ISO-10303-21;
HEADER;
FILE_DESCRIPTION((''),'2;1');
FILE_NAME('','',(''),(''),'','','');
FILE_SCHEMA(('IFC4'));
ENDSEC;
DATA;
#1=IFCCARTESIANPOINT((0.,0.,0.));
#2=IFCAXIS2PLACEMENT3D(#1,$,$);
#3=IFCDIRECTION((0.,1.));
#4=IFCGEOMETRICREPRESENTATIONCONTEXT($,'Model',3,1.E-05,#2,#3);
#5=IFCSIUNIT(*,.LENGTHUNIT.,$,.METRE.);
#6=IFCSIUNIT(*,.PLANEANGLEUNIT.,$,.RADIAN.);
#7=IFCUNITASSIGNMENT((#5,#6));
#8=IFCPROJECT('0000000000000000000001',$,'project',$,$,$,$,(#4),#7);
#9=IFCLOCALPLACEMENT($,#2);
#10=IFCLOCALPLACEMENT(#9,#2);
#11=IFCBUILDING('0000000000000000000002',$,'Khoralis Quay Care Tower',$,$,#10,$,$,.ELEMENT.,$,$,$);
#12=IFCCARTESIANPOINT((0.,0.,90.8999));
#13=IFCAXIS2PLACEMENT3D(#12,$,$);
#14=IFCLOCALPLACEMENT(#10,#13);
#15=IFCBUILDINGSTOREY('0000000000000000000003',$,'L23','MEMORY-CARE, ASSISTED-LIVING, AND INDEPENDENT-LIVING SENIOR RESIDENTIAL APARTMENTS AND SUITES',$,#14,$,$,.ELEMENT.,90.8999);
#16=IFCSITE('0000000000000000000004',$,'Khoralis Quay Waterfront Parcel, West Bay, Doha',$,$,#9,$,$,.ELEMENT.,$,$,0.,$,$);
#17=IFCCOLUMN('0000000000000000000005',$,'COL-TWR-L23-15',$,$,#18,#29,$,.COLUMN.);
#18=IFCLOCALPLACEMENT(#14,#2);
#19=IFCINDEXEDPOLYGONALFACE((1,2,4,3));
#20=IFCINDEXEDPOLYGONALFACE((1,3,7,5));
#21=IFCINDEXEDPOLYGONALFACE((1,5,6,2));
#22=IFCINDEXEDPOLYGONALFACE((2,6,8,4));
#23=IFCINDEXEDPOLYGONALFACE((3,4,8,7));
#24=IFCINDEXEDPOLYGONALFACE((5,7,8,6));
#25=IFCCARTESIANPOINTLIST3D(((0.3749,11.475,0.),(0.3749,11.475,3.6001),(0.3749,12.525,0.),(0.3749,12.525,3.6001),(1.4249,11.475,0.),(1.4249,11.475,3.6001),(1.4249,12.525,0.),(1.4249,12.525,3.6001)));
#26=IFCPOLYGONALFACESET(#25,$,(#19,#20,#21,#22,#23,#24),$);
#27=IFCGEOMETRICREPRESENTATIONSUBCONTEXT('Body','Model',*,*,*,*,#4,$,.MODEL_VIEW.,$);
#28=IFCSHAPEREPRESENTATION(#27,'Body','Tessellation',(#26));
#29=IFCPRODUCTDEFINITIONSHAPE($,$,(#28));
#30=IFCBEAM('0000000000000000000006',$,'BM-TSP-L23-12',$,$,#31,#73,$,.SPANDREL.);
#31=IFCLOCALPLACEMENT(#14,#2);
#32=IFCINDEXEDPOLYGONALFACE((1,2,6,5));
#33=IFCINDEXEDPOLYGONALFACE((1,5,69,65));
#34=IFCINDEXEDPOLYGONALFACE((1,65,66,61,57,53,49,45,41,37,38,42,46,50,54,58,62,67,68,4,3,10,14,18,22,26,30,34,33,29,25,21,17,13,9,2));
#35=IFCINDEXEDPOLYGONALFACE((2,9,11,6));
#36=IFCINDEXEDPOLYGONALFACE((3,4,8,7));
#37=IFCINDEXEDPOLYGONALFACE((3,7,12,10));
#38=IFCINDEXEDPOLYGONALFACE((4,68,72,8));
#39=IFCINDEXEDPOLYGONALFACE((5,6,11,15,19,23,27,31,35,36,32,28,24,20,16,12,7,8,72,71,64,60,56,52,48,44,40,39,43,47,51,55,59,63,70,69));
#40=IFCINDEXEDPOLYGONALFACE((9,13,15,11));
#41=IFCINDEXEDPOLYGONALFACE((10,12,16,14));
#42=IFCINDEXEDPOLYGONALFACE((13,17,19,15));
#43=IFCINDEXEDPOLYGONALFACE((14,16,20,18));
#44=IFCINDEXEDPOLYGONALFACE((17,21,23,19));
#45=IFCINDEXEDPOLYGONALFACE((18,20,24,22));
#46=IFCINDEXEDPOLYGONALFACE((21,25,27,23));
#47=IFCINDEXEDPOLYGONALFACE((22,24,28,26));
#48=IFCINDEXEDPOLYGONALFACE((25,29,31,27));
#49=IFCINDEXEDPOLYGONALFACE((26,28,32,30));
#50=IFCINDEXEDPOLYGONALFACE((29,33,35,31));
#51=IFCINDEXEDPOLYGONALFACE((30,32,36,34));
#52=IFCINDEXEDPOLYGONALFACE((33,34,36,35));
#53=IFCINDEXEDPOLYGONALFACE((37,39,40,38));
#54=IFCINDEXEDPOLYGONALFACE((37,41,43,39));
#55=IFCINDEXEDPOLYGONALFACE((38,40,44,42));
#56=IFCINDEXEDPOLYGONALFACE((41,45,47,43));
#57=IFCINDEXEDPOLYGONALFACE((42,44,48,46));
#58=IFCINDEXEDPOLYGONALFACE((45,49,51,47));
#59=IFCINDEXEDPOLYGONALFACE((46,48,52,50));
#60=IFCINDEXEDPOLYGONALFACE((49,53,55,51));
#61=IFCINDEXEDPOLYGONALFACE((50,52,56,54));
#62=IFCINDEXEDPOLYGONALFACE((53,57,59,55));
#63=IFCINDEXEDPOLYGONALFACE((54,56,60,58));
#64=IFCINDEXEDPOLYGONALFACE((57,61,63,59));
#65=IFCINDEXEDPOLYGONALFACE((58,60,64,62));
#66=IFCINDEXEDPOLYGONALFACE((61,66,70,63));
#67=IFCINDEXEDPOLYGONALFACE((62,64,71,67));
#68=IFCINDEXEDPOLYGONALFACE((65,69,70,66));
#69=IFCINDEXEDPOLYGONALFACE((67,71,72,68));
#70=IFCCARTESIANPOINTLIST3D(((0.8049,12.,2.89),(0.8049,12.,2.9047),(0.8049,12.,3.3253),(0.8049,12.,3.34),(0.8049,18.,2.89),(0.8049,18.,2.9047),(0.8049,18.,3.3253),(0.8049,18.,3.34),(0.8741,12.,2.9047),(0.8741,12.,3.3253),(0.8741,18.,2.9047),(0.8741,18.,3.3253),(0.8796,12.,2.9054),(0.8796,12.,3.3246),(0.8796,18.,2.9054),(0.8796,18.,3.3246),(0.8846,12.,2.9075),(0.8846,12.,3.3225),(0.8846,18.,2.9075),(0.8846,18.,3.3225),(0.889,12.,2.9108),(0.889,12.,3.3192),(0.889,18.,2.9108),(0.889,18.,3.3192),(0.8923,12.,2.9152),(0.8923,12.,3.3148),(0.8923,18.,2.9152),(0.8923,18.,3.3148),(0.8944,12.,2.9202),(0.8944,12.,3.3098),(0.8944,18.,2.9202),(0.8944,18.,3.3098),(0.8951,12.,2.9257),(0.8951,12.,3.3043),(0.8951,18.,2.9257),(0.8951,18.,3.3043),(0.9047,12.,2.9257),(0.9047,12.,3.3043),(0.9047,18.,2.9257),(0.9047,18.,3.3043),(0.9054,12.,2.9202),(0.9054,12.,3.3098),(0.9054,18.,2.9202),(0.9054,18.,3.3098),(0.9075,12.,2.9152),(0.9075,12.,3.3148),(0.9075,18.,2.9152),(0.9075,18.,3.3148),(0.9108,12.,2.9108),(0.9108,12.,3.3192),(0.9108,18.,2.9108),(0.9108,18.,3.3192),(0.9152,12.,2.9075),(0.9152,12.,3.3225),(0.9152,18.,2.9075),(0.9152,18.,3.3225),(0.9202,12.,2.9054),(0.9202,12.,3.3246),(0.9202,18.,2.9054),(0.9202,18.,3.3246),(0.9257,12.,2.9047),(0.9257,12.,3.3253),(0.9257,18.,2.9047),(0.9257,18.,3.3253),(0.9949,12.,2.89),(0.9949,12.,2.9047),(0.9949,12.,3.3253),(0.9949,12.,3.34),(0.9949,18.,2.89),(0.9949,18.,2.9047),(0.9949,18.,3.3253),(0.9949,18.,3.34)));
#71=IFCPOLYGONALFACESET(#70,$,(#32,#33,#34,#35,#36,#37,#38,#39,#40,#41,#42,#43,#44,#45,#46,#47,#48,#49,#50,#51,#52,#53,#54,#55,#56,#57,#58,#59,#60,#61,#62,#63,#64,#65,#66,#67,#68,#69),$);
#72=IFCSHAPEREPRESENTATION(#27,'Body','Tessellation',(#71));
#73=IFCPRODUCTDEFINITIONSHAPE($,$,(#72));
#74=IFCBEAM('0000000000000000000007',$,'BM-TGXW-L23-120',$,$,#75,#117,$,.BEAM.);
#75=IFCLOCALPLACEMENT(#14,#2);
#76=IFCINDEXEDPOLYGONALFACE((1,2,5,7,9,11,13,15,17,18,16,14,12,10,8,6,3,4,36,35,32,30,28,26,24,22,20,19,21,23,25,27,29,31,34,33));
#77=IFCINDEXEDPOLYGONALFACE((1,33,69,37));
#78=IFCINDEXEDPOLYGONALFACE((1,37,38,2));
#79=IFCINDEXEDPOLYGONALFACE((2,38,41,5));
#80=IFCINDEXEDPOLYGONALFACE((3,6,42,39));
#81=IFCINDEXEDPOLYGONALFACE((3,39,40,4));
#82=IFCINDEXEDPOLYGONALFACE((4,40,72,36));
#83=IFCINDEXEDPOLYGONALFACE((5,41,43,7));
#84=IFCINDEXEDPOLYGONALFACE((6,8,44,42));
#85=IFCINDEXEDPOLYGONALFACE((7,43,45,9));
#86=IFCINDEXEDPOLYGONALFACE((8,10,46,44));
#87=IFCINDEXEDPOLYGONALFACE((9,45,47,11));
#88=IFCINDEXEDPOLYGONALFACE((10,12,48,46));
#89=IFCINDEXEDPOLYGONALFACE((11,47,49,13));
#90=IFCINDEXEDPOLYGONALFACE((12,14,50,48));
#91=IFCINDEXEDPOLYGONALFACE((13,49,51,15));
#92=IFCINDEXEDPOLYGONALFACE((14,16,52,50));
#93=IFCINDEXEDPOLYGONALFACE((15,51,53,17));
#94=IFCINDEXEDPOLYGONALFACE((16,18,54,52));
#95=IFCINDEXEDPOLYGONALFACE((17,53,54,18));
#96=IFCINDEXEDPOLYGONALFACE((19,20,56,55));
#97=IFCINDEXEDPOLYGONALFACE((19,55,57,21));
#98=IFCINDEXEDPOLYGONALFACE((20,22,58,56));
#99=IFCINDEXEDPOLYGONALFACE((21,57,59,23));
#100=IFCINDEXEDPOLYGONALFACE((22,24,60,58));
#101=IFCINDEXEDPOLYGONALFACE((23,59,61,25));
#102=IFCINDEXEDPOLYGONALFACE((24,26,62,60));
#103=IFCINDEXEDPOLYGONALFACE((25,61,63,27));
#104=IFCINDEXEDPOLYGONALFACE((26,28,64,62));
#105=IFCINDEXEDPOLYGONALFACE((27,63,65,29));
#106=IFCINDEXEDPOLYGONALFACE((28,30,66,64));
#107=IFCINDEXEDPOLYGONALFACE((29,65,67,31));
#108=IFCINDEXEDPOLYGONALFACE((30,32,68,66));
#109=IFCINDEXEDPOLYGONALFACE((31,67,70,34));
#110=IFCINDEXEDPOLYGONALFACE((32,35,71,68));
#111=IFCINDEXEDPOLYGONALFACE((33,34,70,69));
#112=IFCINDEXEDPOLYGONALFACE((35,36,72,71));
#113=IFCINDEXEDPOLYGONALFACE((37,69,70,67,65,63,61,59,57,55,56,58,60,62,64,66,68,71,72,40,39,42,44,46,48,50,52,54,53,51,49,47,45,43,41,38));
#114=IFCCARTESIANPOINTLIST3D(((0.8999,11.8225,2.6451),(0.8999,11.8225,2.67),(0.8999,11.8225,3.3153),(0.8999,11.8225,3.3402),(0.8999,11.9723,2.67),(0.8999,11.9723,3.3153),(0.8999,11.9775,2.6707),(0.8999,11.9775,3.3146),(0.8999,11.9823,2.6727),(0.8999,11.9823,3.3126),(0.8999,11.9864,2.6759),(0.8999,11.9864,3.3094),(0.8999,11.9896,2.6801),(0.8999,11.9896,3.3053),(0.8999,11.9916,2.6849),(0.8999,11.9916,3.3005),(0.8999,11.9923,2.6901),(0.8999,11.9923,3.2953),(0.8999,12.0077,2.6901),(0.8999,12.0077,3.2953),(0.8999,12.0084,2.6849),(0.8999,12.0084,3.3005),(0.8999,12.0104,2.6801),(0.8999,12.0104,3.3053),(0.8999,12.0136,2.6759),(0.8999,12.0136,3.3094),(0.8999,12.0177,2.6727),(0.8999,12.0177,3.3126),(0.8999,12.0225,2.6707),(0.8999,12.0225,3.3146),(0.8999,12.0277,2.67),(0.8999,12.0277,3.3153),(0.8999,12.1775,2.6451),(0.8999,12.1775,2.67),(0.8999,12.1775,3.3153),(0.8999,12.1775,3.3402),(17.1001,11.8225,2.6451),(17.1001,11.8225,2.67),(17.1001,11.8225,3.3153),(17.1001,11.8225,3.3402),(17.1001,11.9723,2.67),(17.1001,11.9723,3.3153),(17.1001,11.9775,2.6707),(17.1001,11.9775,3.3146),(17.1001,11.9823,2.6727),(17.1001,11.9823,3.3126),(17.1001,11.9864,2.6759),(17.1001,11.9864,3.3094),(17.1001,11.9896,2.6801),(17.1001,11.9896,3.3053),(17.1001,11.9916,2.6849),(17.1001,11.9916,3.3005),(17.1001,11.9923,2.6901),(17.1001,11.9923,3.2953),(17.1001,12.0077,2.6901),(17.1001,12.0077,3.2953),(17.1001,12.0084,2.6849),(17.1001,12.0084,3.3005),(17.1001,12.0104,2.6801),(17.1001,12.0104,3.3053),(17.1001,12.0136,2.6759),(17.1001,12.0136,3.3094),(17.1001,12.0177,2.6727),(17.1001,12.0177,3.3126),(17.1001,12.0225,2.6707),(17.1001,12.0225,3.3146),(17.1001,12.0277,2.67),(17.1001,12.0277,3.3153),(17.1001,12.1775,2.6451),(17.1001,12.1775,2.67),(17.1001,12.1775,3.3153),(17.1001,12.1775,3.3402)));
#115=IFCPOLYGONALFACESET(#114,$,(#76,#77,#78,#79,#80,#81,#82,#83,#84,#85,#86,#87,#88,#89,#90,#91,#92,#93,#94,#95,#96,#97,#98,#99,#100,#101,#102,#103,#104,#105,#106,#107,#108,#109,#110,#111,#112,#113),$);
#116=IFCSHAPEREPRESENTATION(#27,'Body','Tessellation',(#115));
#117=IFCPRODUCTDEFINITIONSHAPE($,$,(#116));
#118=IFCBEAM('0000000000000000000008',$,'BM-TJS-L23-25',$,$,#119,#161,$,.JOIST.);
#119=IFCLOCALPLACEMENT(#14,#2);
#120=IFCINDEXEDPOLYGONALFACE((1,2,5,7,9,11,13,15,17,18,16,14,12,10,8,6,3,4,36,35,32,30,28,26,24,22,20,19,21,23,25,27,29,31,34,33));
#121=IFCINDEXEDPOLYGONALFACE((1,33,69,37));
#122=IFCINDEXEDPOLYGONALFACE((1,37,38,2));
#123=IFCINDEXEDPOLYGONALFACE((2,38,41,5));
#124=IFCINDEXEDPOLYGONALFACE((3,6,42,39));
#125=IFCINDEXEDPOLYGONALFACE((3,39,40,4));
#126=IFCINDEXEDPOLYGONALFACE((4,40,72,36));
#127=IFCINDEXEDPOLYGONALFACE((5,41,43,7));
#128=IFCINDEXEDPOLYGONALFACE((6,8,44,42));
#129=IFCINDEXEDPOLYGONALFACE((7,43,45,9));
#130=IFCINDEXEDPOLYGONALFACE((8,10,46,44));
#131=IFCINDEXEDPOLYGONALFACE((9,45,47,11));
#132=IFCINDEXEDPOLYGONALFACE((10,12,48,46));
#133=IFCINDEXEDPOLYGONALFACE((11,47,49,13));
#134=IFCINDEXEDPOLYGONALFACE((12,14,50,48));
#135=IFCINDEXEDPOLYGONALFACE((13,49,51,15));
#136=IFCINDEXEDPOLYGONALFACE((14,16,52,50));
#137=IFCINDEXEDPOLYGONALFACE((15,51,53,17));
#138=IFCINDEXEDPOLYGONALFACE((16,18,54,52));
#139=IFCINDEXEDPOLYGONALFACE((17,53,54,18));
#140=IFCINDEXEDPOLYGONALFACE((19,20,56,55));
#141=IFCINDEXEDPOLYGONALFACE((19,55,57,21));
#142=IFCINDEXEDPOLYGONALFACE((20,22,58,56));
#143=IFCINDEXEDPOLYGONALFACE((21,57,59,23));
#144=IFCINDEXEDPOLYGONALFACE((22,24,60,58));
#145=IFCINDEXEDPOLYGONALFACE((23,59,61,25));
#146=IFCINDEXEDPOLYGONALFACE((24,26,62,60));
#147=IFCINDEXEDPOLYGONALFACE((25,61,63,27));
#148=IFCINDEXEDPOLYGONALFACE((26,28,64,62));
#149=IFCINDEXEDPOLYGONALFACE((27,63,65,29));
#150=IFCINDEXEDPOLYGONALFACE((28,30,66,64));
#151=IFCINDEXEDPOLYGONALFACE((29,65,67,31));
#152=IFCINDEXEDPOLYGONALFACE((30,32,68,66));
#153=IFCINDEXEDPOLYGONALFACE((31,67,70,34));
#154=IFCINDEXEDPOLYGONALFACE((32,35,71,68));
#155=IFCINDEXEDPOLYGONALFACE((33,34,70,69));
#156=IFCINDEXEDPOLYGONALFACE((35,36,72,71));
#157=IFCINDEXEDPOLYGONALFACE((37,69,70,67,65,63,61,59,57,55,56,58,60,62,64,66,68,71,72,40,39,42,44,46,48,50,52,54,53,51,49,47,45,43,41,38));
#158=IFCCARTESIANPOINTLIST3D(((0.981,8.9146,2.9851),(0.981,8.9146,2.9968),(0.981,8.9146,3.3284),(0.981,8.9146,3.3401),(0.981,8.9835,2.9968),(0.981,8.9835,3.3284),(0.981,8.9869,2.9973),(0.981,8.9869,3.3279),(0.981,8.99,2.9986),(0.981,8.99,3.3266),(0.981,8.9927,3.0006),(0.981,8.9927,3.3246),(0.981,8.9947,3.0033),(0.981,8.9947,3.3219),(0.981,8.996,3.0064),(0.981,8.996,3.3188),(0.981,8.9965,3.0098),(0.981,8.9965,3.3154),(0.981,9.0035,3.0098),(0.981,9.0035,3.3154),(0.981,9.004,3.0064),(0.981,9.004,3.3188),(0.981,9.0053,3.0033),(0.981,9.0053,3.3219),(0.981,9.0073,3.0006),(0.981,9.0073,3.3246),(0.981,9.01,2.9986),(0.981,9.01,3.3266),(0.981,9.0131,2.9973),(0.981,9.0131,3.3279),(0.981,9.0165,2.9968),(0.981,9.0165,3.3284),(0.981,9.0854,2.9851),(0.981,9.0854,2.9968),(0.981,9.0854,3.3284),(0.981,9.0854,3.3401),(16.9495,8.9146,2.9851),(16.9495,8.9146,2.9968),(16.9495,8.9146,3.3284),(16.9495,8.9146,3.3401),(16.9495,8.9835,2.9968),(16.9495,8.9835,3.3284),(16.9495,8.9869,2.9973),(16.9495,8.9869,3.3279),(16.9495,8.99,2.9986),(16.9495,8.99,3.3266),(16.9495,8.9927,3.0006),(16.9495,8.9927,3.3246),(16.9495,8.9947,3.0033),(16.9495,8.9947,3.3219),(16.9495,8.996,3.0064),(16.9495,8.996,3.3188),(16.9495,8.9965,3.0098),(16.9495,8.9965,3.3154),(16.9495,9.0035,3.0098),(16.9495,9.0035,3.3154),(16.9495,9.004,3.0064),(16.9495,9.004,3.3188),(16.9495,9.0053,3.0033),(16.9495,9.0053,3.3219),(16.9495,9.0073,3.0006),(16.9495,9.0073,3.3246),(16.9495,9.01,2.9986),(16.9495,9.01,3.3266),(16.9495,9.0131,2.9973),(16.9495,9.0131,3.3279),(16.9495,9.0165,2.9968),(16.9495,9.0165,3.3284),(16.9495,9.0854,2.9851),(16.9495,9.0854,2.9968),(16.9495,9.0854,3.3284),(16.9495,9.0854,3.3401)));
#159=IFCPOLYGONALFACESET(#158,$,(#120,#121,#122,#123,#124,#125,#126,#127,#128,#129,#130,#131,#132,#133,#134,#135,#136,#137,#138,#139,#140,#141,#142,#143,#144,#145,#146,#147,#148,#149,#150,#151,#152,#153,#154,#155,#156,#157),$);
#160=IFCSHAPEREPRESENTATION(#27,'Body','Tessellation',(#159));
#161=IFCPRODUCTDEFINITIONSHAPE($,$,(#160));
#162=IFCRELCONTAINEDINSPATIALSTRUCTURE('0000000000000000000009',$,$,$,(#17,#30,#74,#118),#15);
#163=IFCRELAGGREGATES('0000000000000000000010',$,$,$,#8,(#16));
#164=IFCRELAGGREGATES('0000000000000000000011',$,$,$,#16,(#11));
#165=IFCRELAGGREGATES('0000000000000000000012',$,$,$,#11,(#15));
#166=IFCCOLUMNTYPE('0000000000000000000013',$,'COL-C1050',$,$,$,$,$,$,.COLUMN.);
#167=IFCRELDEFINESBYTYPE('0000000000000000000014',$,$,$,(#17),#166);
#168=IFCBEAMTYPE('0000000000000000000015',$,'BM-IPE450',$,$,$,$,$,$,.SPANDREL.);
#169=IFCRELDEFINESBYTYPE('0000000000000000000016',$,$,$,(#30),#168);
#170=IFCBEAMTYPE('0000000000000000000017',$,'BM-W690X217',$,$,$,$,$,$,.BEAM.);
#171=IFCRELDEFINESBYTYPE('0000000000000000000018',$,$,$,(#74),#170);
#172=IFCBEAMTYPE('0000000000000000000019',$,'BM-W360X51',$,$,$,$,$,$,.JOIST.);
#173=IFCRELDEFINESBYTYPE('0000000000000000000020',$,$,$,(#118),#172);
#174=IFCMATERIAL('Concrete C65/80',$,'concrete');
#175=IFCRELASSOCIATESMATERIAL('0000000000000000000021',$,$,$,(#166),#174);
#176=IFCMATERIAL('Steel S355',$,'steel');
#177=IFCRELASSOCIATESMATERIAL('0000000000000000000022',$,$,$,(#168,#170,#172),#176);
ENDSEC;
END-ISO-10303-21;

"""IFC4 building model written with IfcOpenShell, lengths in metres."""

from ifc_helpers import new_model, si_unit, direction, frame, origin, origin_2d, place, context, subcontext, project, spatial, rectangle, i_section, extrude, source, transform, mapped, material, material_profile, profile_set, type_object, element, save


model = new_model("IFC4")

# Units and contexts
model_context = context("Model", 3, precision=1e-05, world=origin(), true_north=direction((0.0, 1.0)))
body_context = subcontext(model_context, "Body", "Model", "MODEL_VIEW")
ifc_project = project(units=[si_unit("LENGTHUNIT", "METRE"), si_unit("PLANEANGLEUNIT", "RADIAN")], contexts=[model_context])

# Site, building, storey
site_placement = place(None, origin())
site = spatial("IfcSite", under=ifc_project, at=site_placement, Name="Khoralis Quay Waterfront Parcel, West Bay, Doha", CompositionType="ELEMENT", RefElevation=0.0)
building_placement = place(site_placement, origin())
building = spatial("IfcBuilding", under=site, at=building_placement, Name="Khoralis Quay Care Tower", CompositionType="ELEMENT")
storey_placement = place(building_placement, frame((0.0, 0.0, 90.8999)))
storey = spatial("IfcBuildingStorey", under=building, at=storey_placement, Name="L23", Description="MEMORY-CARE, ASSISTED-LIVING, AND INDEPENDENT-LIVING SENIOR RESIDENTIAL APARTMENTS AND SUITES", CompositionType="ELEMENT", Elevation=90.8999)

# Column
ifc_material_1 = material(Name="Concrete C65/80", Category="concrete")
ifc_material_profile_1 = material_profile(ifc_material_1, rectangle(XDim=1.05, YDim=1.05, at=origin_2d()), Name="Concrete C65/80")
ifc_profile_set_1 = profile_set([ifc_material_profile_1], Name="Concrete C65/80")
column_type = type_object("IfcColumnType", Name="COL-C1050", PredefinedType="COLUMN", material=ifc_profile_set_1)
shared_shape_1 = source(origin(), body_context, "Body", "SweptSolid", [
    extrude(rectangle(XDim=1.05, YDim=1.05, at=origin_2d()), origin(), (0.0, 0.0, 1.0), 3.6001),
])
column_placement = place(storey_placement, frame((0.8999, 12.0, 0.0), z_axis=(0.0, 0.0, 1.0), x_axis=(1.0, 0.0, 0.0)))
element("IfcColumn", 1, at=column_placement, inside=storey, type_object=column_type, Name="COL-TWR-L23-15", PredefinedType="COLUMN", context=body_context, shape_type="MappedRepresentation", body=[
    mapped(shared_shape_1, transform((0.0, 0.0, 0.0), scale=1.0)),
])

# Beams
ifc_material_2 = material(Name="Steel S355", Category="steel")
ifc_material_profile_2 = material_profile(ifc_material_2, i_section(OverallWidth=0.1899, OverallDepth=0.45, WebThickness=0.0095, FlangeThickness=0.0146, FilletRadius=0.021, at=origin_2d()), Name="Steel S355")
ifc_profile_set_2 = profile_set([ifc_material_profile_2], Name="Steel S355")
beam_type_1 = type_object("IfcBeamType", Name="BM-IPE450", PredefinedType="SPANDREL", material=ifc_profile_set_2)
shared_shape_2 = source(origin(), body_context, "Body", "SweptSolid", [
    extrude(i_section(OverallWidth=0.1899, OverallDepth=0.45, WebThickness=0.0095, FlangeThickness=0.0146, FilletRadius=0.021, at=origin_2d()), origin(), (0.0, 0.0, 1.0), 6.0),
])
beam_1_placement = place(storey_placement, frame((0.8999, 12.0, 3.115), z_axis=(0.0, 1.0, 0.0), x_axis=(-1.0, 0.0, 0.0)))
element("IfcBeam", 2, at=beam_1_placement, inside=storey, type_object=beam_type_1, Name="BM-TSP-L23-12", PredefinedType="SPANDREL", context=body_context, shape_type="MappedRepresentation", body=[
    mapped(shared_shape_2, transform((0.0, 0.0, 0.0), scale=1.0)),
])
ifc_material_profile_3 = material_profile(ifc_material_2, i_section(OverallWidth=0.355, OverallDepth=0.6951, WebThickness=0.0154, FlangeThickness=0.0249, FilletRadius=0.02, at=origin_2d()), Name="Steel S355")
ifc_profile_set_3 = profile_set([ifc_material_profile_3], Name="Steel S355")
beam_type_2 = type_object("IfcBeamType", Name="BM-W690X217", PredefinedType="BEAM", material=ifc_profile_set_3)
shared_shape_3 = source(origin(), body_context, "Body", "SweptSolid", [
    extrude(i_section(OverallWidth=0.355, OverallDepth=0.6951, WebThickness=0.0154, FlangeThickness=0.0249, FilletRadius=0.02, at=origin_2d()), origin(), (0.0, 0.0, 1.0), 16.2002),
])
beam_2_placement = place(storey_placement, frame((0.8999, 12.0, 2.9927), z_axis=(1.0, 0.0, 0.0), x_axis=(0.0, 1.0, 0.0)))
element("IfcBeam", 3, at=beam_2_placement, inside=storey, type_object=beam_type_2, Name="BM-TGXW-L23-120", PredefinedType="BEAM", context=body_context, shape_type="MappedRepresentation", body=[
    mapped(shared_shape_3, transform((0.0, 0.0, 0.0), scale=1.0)),
])
ifc_material_profile_4 = material_profile(ifc_material_2, i_section(OverallWidth=0.1709, OverallDepth=0.355, WebThickness=0.0071, FlangeThickness=0.0117, FilletRadius=0.0129, at=origin_2d()), Name="Steel S355")
ifc_profile_set_4 = profile_set([ifc_material_profile_4], Name="Steel S355")
beam_type_3 = type_object("IfcBeamType", Name="BM-W360X51", PredefinedType="JOIST", material=ifc_profile_set_4)
shared_shape_4 = source(origin(), body_context, "Body", "SweptSolid", [
    extrude(i_section(OverallWidth=0.1709, OverallDepth=0.355, WebThickness=0.0071, FlangeThickness=0.0117, FilletRadius=0.0129, at=origin_2d()), origin(), (0.0, 0.0, 1.0), 15.9685),
])
beam_3_placement = place(storey_placement, frame((0.981, 9.0, 3.1626), z_axis=(1.0, 0.0, 0.0), x_axis=(0.0, 1.0, 0.0)))
element("IfcBeam", 4, at=beam_3_placement, inside=storey, type_object=beam_type_3, Name="BM-TJS-L23-25", PredefinedType="JOIST", context=body_context, shape_type="MappedRepresentation", body=[
    mapped(shared_shape_4, transform((0.0, 0.0, 0.0), scale=1.0)),
])

save(model, "model.ifc")
